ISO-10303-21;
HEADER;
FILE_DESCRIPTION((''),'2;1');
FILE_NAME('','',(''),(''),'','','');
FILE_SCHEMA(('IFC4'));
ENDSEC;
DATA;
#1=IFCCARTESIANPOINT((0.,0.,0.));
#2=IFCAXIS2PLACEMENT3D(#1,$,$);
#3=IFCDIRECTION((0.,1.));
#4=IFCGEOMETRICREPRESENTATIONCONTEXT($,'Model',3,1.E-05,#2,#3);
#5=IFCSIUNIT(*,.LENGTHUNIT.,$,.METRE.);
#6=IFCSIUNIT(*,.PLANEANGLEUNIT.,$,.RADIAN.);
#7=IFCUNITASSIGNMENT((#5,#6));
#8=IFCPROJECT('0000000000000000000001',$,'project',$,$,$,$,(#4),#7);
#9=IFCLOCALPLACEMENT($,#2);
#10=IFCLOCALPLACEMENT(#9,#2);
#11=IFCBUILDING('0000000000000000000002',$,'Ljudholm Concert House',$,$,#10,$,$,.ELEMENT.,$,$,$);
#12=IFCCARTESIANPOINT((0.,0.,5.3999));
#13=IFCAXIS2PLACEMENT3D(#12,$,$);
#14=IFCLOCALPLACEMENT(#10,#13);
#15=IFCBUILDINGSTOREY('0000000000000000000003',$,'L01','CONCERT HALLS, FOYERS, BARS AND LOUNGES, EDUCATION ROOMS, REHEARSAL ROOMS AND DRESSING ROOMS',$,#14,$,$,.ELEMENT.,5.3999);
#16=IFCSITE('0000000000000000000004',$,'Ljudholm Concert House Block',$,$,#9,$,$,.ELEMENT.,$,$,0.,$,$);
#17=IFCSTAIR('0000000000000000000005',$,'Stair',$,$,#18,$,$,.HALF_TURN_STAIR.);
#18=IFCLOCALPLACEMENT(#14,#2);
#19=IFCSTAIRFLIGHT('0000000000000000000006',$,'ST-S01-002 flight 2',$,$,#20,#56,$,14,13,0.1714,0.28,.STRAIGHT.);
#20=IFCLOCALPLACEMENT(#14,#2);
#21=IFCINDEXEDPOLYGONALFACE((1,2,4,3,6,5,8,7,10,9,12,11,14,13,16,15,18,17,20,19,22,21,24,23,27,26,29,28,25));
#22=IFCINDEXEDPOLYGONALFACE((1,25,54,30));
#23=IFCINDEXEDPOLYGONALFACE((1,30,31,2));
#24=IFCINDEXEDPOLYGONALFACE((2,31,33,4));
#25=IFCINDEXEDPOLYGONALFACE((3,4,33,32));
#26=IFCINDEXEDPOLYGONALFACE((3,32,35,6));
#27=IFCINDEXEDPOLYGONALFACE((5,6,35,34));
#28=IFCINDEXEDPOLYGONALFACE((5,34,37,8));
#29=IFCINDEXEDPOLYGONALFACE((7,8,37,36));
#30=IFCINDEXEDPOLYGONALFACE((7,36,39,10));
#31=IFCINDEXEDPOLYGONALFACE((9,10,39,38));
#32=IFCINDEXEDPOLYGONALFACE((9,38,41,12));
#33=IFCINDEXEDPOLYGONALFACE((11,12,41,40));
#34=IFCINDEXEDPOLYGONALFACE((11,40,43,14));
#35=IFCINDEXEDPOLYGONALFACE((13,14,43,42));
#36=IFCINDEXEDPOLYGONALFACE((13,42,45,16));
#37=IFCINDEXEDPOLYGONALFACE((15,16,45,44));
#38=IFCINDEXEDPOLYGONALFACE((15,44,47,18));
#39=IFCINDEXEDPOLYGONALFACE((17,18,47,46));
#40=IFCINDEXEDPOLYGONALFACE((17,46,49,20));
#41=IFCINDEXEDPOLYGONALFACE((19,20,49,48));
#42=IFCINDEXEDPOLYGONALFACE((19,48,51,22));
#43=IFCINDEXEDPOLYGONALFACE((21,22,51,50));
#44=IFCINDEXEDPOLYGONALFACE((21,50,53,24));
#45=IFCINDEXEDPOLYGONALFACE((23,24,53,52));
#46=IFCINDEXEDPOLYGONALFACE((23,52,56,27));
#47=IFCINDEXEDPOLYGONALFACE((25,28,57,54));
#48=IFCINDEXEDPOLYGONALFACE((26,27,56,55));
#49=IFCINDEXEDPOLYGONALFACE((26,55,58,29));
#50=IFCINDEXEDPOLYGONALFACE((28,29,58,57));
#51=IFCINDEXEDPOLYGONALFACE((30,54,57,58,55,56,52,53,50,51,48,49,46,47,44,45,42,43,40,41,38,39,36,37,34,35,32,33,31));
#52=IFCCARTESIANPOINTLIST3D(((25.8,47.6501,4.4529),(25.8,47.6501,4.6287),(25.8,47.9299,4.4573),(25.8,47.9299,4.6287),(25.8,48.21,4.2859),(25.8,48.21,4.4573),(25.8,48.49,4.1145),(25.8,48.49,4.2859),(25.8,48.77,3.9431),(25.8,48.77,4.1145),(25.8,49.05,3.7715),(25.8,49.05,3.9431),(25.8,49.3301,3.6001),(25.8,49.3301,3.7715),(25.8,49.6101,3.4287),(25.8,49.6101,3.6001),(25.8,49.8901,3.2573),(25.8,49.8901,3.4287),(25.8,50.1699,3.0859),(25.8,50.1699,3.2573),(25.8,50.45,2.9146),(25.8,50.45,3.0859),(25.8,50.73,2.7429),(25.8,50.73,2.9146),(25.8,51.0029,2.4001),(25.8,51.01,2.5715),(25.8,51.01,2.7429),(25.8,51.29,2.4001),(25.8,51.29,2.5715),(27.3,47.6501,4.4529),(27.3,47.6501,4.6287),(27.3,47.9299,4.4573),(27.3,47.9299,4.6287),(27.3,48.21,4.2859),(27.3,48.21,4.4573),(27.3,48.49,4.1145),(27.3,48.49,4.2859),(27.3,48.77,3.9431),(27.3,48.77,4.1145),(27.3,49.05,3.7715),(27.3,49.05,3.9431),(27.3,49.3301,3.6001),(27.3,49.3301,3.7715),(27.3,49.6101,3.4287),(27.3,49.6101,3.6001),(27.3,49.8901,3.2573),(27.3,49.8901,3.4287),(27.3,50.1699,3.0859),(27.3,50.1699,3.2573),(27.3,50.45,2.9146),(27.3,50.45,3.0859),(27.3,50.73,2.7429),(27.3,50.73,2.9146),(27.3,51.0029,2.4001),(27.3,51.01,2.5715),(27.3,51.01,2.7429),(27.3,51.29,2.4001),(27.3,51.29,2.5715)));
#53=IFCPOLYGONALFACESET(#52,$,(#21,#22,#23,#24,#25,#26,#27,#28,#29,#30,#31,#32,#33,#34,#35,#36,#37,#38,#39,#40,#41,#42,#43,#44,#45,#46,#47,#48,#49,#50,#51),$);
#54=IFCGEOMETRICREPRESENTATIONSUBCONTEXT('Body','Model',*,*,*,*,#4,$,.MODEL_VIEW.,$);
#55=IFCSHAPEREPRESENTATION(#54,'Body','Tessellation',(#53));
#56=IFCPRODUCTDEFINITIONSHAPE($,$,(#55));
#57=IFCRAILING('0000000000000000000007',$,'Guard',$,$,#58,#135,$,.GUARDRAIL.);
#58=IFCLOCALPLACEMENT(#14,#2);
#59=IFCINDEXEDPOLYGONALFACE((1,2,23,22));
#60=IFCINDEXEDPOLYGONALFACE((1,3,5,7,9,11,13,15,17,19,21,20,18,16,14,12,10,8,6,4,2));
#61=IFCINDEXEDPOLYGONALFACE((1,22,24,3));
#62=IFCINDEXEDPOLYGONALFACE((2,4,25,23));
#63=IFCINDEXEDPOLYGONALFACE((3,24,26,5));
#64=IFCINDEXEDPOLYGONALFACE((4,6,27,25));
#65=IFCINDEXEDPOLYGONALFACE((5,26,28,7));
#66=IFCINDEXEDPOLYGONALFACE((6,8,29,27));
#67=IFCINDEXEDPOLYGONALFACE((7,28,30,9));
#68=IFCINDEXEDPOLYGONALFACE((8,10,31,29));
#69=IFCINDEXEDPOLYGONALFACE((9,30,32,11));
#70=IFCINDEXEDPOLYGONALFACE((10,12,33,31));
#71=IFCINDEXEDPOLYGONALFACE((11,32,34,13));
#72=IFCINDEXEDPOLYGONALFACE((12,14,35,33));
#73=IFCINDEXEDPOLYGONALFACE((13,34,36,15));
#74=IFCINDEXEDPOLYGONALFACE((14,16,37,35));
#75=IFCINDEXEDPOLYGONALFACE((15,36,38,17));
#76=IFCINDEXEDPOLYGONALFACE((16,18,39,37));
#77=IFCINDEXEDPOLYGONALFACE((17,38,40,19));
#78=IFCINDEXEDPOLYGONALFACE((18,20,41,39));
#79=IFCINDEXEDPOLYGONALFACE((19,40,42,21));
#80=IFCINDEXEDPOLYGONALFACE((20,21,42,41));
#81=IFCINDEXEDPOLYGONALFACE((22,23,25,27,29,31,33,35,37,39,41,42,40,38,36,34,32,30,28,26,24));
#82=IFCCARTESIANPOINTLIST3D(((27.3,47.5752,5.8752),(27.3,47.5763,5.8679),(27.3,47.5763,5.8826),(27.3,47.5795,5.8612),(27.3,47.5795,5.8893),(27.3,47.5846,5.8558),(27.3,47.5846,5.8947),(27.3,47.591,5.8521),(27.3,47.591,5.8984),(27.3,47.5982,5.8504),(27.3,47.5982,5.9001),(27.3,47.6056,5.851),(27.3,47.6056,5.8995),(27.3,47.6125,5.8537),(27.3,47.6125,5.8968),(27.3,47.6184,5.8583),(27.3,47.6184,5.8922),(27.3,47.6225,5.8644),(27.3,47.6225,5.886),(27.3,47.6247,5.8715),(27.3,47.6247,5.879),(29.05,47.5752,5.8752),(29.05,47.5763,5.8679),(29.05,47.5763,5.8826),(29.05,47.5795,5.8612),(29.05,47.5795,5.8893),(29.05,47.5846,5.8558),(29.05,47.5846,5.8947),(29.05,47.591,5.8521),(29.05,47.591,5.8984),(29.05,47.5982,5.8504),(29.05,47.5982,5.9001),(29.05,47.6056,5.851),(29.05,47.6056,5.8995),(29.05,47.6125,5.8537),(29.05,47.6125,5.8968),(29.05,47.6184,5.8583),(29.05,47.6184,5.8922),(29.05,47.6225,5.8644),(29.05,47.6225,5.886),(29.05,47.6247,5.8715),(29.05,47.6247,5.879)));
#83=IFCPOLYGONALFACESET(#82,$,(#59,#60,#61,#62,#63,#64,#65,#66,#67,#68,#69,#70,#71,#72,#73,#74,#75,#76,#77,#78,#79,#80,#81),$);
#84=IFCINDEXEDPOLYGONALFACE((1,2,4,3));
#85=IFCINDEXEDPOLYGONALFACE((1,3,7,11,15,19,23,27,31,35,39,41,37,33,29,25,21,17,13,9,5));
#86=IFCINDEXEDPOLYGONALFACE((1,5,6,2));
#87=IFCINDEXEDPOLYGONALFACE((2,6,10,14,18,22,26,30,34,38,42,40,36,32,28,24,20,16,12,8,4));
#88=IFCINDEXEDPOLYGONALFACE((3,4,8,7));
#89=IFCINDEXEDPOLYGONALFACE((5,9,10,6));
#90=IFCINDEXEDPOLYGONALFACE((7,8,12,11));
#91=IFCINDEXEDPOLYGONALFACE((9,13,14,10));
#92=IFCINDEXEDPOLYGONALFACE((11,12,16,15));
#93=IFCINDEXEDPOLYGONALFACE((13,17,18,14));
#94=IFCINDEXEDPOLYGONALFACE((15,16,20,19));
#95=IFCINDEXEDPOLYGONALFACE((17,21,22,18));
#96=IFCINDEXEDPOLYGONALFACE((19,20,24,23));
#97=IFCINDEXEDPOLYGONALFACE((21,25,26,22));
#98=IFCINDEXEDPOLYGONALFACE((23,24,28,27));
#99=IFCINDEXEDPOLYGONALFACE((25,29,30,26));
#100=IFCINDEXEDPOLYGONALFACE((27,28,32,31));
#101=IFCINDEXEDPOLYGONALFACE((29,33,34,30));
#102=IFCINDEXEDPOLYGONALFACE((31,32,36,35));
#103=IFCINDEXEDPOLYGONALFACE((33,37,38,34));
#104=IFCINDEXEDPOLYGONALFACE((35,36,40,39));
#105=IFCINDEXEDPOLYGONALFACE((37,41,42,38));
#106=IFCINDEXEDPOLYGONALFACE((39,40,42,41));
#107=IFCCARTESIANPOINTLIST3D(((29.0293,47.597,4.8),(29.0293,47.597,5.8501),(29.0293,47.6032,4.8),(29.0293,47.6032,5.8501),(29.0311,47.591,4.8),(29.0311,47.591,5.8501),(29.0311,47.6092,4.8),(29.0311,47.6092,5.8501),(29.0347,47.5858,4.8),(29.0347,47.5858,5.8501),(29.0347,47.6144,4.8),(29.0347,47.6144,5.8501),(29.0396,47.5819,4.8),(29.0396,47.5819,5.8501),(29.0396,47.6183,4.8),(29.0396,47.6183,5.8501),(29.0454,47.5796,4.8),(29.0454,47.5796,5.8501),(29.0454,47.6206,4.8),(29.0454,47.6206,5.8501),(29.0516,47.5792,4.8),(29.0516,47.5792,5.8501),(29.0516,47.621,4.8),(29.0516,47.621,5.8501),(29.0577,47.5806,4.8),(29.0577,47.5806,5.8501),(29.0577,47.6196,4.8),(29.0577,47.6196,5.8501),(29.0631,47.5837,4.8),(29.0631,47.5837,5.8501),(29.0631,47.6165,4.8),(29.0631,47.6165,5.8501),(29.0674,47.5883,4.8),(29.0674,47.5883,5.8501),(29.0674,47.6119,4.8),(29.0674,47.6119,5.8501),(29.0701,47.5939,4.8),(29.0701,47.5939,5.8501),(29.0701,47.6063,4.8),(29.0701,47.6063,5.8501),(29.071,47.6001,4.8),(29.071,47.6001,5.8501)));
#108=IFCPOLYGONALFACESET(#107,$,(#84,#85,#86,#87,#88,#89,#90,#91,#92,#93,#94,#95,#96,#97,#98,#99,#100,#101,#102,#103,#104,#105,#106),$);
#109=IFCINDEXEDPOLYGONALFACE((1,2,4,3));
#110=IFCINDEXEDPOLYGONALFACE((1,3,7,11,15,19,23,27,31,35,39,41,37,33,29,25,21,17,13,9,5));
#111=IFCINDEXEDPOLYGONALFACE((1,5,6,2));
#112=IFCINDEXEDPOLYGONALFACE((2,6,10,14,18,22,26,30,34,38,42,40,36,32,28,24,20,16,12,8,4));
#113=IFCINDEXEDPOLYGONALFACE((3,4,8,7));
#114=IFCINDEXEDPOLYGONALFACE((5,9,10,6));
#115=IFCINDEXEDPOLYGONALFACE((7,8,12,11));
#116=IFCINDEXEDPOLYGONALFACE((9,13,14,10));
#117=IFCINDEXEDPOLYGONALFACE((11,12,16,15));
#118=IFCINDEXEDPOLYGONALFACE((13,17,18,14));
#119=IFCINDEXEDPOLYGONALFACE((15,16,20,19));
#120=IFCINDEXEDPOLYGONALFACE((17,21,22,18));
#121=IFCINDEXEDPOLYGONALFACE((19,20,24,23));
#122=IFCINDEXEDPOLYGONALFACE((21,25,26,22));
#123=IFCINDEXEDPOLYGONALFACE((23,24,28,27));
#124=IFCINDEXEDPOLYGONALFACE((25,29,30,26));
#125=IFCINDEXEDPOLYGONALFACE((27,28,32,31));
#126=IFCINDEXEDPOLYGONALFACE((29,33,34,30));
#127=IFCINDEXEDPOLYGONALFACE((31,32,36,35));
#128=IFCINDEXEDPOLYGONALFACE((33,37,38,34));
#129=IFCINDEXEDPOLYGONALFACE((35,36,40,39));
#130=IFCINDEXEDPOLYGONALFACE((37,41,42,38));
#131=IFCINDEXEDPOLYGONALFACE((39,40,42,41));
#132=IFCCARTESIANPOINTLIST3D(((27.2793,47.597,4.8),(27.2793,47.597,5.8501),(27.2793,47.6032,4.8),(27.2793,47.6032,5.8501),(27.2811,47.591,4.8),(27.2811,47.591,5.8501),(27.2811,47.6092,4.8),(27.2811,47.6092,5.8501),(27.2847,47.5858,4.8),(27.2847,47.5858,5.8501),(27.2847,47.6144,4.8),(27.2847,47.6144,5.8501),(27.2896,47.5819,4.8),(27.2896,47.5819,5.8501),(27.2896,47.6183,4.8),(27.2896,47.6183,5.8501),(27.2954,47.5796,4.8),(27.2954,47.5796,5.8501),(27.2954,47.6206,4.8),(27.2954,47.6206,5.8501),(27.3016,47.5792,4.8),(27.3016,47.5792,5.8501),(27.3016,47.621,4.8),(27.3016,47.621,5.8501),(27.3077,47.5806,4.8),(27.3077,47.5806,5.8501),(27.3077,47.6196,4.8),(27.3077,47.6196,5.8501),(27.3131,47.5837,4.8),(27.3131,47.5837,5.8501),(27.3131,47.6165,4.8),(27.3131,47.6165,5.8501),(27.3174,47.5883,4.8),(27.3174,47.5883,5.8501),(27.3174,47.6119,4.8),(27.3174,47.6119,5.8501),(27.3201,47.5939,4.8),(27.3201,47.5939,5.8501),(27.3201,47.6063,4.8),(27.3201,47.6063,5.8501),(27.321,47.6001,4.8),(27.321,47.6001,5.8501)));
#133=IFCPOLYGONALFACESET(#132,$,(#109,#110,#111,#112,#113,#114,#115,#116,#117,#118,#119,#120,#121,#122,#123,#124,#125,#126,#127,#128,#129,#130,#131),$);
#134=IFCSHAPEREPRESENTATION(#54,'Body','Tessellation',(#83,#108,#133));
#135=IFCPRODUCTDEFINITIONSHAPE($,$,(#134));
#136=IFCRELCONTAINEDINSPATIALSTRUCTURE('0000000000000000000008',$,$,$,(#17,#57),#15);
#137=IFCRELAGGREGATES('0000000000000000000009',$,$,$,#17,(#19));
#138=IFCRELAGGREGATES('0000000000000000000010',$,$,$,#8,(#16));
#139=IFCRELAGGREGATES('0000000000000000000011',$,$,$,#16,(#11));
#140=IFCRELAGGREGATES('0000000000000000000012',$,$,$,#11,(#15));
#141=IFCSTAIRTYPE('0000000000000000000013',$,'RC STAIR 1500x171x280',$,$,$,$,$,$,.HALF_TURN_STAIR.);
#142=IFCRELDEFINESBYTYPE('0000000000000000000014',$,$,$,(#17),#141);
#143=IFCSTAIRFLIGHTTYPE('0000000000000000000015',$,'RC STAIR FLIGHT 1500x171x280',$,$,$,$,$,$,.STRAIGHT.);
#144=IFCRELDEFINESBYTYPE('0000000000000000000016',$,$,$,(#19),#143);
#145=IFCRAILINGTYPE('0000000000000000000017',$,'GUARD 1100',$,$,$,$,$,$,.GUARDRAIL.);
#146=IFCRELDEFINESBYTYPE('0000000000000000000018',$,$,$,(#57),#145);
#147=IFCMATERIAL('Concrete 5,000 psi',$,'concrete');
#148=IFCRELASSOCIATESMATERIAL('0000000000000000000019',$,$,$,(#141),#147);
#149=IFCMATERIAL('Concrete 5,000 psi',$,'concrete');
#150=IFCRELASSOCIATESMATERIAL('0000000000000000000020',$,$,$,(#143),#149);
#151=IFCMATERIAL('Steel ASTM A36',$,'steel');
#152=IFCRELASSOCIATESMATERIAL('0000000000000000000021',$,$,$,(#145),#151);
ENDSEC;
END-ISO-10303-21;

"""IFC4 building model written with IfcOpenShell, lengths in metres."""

from ifc_helpers import new_model, si_unit, direction, frame, origin, origin_2d, place, context, subcontext, project, spatial, polyline, circle, outline, extrude, material, type_object, element, aggregate, save


model = new_model("IFC4")

# Units and contexts
model_context = context("Model", 3, precision=1e-05, world=origin(), true_north=direction((0.0, 1.0)))
body_context = subcontext(model_context, "Body", "Model", "MODEL_VIEW")
ifc_project = project(units=[si_unit("LENGTHUNIT", "METRE"), si_unit("PLANEANGLEUNIT", "RADIAN")], contexts=[model_context])

# Site, building, storey
site_placement = place(None, origin())
site = spatial("IfcSite", under=ifc_project, at=site_placement, Name="Ljudholm Concert House Block", CompositionType="ELEMENT", RefElevation=0.0)
building_placement = place(site_placement, origin())
building = spatial("IfcBuilding", under=site, at=building_placement, Name="Ljudholm Concert House", CompositionType="ELEMENT")
storey_placement = place(building_placement, frame((0.0, 0.0, 5.3999)))
storey = spatial("IfcBuildingStorey", under=building, at=storey_placement, Name="L01", Description="CONCERT HALLS, FOYERS, BARS AND LOUNGES, EDUCATION ROOMS, REHEARSAL ROOMS AND DRESSING ROOMS", CompositionType="ELEMENT", Elevation=5.3999)

# Stair, stair flight
ifc_material_1 = material(Name="Concrete 5,000 psi", Category="concrete")
stair_type = type_object("IfcStairType", Name="RC STAIR 1500x171x280", PredefinedType="HALF_TURN_STAIR", material=ifc_material_1)
stair_placement = place(storey_placement, origin())
stair = element("IfcStair", 1, at=stair_placement, inside=storey, type_object=stair_type, Name="Stair", PredefinedType="HALF_TURN_STAIR")
ifc_material_2 = material(Name="Concrete 5,000 psi", Category="concrete")
stair_flight_type = type_object("IfcStairFlightType", Name="RC STAIR FLIGHT 1500x171x280", PredefinedType="STRAIGHT", material=ifc_material_2)
stair_flight_1_placement = place(storey_placement, frame((26.55, 51.29, 2.4001), z_axis=(0.0, 0.0, 1.0), x_axis=(0.0, -1.0, 0.0)))
stair_flight_1 = element("IfcStairFlight", 2, at=stair_flight_1_placement, type_object=stair_flight_type, Name="ST-S01-002 flight 2", NumberOfRisers=14, NumberOfTreads=13, PredefinedType="STRAIGHT", RiserHeight=0.1714, TreadLength=0.28, context=body_context, shape_type="SweptSolid", body=[
    extrude(outline(polyline([(0.0, 0.0), (0.0, 0.1714), (0.28, 0.1714), (0.28, 0.3428), (0.5601, 0.3428), (0.5601, 0.5144), (0.8401, 0.5144), (0.8401, 0.6858), (1.1201, 0.6858), (1.1201, 0.8572), (1.3999, 0.8572), (1.3999, 1.0286), (1.6799, 1.0286), (1.6799, 1.2), (1.96, 1.2), (1.96, 1.3713), (2.24, 1.3713), (2.24, 1.543), (2.52, 1.543), (2.52, 1.7144), (2.8, 1.7144), (2.8, 1.8857), (3.0801, 1.8857), (3.0801, 2.0571), (3.3601, 2.0571), (3.3601, 2.2285), (3.6399, 2.2285), (3.6399, 2.3999), (3.6399, 2.0527), (0.2871, 0.0), (0.0, 0.0)])), frame((0.0, 0.75, 0.0), z_axis=(0.0, -1.0, 0.0), x_axis=(1.0, 0.0, 0.0)), (0.0, 0.0, 1.0), 1.5),
])
aggregate(stair, [stair_flight_1])

# Railing
ifc_material_3 = material(Name="Steel ASTM A36", Category="steel")
railing_type_1 = type_object("IfcRailingType", Name="GUARD 1100", PredefinedType="GUARDRAIL", material=ifc_material_3)
railing_1_placement = place(storey_placement, frame((29.05, 47.6001, 4.8)))
element("IfcRailing", 3, at=railing_1_placement, inside=storey, type_object=railing_type_1, Name="Guard", PredefinedType="GUARDRAIL", context=body_context, shape_type="SweptSolid", body=[
    extrude(circle(Radius=0.0249, at=origin_2d()), frame((0.0, 0.0, 1.0752), z_axis=(-1.0, 0.0, 0.0), x_axis=(0.0, -1.0, 0.0)), (0.0, 0.0, 1.0), 1.75),
    extrude(circle(Radius=0.021, at=origin_2d()), origin(), (0.0, 0.0, 1.0), 1.05),
    extrude(circle(Radius=0.021, at=origin_2d()), frame((-1.75, 0.0, 0.0)), (0.0, 0.0, 1.0), 1.05),
])

save(model, "model.ifc")
